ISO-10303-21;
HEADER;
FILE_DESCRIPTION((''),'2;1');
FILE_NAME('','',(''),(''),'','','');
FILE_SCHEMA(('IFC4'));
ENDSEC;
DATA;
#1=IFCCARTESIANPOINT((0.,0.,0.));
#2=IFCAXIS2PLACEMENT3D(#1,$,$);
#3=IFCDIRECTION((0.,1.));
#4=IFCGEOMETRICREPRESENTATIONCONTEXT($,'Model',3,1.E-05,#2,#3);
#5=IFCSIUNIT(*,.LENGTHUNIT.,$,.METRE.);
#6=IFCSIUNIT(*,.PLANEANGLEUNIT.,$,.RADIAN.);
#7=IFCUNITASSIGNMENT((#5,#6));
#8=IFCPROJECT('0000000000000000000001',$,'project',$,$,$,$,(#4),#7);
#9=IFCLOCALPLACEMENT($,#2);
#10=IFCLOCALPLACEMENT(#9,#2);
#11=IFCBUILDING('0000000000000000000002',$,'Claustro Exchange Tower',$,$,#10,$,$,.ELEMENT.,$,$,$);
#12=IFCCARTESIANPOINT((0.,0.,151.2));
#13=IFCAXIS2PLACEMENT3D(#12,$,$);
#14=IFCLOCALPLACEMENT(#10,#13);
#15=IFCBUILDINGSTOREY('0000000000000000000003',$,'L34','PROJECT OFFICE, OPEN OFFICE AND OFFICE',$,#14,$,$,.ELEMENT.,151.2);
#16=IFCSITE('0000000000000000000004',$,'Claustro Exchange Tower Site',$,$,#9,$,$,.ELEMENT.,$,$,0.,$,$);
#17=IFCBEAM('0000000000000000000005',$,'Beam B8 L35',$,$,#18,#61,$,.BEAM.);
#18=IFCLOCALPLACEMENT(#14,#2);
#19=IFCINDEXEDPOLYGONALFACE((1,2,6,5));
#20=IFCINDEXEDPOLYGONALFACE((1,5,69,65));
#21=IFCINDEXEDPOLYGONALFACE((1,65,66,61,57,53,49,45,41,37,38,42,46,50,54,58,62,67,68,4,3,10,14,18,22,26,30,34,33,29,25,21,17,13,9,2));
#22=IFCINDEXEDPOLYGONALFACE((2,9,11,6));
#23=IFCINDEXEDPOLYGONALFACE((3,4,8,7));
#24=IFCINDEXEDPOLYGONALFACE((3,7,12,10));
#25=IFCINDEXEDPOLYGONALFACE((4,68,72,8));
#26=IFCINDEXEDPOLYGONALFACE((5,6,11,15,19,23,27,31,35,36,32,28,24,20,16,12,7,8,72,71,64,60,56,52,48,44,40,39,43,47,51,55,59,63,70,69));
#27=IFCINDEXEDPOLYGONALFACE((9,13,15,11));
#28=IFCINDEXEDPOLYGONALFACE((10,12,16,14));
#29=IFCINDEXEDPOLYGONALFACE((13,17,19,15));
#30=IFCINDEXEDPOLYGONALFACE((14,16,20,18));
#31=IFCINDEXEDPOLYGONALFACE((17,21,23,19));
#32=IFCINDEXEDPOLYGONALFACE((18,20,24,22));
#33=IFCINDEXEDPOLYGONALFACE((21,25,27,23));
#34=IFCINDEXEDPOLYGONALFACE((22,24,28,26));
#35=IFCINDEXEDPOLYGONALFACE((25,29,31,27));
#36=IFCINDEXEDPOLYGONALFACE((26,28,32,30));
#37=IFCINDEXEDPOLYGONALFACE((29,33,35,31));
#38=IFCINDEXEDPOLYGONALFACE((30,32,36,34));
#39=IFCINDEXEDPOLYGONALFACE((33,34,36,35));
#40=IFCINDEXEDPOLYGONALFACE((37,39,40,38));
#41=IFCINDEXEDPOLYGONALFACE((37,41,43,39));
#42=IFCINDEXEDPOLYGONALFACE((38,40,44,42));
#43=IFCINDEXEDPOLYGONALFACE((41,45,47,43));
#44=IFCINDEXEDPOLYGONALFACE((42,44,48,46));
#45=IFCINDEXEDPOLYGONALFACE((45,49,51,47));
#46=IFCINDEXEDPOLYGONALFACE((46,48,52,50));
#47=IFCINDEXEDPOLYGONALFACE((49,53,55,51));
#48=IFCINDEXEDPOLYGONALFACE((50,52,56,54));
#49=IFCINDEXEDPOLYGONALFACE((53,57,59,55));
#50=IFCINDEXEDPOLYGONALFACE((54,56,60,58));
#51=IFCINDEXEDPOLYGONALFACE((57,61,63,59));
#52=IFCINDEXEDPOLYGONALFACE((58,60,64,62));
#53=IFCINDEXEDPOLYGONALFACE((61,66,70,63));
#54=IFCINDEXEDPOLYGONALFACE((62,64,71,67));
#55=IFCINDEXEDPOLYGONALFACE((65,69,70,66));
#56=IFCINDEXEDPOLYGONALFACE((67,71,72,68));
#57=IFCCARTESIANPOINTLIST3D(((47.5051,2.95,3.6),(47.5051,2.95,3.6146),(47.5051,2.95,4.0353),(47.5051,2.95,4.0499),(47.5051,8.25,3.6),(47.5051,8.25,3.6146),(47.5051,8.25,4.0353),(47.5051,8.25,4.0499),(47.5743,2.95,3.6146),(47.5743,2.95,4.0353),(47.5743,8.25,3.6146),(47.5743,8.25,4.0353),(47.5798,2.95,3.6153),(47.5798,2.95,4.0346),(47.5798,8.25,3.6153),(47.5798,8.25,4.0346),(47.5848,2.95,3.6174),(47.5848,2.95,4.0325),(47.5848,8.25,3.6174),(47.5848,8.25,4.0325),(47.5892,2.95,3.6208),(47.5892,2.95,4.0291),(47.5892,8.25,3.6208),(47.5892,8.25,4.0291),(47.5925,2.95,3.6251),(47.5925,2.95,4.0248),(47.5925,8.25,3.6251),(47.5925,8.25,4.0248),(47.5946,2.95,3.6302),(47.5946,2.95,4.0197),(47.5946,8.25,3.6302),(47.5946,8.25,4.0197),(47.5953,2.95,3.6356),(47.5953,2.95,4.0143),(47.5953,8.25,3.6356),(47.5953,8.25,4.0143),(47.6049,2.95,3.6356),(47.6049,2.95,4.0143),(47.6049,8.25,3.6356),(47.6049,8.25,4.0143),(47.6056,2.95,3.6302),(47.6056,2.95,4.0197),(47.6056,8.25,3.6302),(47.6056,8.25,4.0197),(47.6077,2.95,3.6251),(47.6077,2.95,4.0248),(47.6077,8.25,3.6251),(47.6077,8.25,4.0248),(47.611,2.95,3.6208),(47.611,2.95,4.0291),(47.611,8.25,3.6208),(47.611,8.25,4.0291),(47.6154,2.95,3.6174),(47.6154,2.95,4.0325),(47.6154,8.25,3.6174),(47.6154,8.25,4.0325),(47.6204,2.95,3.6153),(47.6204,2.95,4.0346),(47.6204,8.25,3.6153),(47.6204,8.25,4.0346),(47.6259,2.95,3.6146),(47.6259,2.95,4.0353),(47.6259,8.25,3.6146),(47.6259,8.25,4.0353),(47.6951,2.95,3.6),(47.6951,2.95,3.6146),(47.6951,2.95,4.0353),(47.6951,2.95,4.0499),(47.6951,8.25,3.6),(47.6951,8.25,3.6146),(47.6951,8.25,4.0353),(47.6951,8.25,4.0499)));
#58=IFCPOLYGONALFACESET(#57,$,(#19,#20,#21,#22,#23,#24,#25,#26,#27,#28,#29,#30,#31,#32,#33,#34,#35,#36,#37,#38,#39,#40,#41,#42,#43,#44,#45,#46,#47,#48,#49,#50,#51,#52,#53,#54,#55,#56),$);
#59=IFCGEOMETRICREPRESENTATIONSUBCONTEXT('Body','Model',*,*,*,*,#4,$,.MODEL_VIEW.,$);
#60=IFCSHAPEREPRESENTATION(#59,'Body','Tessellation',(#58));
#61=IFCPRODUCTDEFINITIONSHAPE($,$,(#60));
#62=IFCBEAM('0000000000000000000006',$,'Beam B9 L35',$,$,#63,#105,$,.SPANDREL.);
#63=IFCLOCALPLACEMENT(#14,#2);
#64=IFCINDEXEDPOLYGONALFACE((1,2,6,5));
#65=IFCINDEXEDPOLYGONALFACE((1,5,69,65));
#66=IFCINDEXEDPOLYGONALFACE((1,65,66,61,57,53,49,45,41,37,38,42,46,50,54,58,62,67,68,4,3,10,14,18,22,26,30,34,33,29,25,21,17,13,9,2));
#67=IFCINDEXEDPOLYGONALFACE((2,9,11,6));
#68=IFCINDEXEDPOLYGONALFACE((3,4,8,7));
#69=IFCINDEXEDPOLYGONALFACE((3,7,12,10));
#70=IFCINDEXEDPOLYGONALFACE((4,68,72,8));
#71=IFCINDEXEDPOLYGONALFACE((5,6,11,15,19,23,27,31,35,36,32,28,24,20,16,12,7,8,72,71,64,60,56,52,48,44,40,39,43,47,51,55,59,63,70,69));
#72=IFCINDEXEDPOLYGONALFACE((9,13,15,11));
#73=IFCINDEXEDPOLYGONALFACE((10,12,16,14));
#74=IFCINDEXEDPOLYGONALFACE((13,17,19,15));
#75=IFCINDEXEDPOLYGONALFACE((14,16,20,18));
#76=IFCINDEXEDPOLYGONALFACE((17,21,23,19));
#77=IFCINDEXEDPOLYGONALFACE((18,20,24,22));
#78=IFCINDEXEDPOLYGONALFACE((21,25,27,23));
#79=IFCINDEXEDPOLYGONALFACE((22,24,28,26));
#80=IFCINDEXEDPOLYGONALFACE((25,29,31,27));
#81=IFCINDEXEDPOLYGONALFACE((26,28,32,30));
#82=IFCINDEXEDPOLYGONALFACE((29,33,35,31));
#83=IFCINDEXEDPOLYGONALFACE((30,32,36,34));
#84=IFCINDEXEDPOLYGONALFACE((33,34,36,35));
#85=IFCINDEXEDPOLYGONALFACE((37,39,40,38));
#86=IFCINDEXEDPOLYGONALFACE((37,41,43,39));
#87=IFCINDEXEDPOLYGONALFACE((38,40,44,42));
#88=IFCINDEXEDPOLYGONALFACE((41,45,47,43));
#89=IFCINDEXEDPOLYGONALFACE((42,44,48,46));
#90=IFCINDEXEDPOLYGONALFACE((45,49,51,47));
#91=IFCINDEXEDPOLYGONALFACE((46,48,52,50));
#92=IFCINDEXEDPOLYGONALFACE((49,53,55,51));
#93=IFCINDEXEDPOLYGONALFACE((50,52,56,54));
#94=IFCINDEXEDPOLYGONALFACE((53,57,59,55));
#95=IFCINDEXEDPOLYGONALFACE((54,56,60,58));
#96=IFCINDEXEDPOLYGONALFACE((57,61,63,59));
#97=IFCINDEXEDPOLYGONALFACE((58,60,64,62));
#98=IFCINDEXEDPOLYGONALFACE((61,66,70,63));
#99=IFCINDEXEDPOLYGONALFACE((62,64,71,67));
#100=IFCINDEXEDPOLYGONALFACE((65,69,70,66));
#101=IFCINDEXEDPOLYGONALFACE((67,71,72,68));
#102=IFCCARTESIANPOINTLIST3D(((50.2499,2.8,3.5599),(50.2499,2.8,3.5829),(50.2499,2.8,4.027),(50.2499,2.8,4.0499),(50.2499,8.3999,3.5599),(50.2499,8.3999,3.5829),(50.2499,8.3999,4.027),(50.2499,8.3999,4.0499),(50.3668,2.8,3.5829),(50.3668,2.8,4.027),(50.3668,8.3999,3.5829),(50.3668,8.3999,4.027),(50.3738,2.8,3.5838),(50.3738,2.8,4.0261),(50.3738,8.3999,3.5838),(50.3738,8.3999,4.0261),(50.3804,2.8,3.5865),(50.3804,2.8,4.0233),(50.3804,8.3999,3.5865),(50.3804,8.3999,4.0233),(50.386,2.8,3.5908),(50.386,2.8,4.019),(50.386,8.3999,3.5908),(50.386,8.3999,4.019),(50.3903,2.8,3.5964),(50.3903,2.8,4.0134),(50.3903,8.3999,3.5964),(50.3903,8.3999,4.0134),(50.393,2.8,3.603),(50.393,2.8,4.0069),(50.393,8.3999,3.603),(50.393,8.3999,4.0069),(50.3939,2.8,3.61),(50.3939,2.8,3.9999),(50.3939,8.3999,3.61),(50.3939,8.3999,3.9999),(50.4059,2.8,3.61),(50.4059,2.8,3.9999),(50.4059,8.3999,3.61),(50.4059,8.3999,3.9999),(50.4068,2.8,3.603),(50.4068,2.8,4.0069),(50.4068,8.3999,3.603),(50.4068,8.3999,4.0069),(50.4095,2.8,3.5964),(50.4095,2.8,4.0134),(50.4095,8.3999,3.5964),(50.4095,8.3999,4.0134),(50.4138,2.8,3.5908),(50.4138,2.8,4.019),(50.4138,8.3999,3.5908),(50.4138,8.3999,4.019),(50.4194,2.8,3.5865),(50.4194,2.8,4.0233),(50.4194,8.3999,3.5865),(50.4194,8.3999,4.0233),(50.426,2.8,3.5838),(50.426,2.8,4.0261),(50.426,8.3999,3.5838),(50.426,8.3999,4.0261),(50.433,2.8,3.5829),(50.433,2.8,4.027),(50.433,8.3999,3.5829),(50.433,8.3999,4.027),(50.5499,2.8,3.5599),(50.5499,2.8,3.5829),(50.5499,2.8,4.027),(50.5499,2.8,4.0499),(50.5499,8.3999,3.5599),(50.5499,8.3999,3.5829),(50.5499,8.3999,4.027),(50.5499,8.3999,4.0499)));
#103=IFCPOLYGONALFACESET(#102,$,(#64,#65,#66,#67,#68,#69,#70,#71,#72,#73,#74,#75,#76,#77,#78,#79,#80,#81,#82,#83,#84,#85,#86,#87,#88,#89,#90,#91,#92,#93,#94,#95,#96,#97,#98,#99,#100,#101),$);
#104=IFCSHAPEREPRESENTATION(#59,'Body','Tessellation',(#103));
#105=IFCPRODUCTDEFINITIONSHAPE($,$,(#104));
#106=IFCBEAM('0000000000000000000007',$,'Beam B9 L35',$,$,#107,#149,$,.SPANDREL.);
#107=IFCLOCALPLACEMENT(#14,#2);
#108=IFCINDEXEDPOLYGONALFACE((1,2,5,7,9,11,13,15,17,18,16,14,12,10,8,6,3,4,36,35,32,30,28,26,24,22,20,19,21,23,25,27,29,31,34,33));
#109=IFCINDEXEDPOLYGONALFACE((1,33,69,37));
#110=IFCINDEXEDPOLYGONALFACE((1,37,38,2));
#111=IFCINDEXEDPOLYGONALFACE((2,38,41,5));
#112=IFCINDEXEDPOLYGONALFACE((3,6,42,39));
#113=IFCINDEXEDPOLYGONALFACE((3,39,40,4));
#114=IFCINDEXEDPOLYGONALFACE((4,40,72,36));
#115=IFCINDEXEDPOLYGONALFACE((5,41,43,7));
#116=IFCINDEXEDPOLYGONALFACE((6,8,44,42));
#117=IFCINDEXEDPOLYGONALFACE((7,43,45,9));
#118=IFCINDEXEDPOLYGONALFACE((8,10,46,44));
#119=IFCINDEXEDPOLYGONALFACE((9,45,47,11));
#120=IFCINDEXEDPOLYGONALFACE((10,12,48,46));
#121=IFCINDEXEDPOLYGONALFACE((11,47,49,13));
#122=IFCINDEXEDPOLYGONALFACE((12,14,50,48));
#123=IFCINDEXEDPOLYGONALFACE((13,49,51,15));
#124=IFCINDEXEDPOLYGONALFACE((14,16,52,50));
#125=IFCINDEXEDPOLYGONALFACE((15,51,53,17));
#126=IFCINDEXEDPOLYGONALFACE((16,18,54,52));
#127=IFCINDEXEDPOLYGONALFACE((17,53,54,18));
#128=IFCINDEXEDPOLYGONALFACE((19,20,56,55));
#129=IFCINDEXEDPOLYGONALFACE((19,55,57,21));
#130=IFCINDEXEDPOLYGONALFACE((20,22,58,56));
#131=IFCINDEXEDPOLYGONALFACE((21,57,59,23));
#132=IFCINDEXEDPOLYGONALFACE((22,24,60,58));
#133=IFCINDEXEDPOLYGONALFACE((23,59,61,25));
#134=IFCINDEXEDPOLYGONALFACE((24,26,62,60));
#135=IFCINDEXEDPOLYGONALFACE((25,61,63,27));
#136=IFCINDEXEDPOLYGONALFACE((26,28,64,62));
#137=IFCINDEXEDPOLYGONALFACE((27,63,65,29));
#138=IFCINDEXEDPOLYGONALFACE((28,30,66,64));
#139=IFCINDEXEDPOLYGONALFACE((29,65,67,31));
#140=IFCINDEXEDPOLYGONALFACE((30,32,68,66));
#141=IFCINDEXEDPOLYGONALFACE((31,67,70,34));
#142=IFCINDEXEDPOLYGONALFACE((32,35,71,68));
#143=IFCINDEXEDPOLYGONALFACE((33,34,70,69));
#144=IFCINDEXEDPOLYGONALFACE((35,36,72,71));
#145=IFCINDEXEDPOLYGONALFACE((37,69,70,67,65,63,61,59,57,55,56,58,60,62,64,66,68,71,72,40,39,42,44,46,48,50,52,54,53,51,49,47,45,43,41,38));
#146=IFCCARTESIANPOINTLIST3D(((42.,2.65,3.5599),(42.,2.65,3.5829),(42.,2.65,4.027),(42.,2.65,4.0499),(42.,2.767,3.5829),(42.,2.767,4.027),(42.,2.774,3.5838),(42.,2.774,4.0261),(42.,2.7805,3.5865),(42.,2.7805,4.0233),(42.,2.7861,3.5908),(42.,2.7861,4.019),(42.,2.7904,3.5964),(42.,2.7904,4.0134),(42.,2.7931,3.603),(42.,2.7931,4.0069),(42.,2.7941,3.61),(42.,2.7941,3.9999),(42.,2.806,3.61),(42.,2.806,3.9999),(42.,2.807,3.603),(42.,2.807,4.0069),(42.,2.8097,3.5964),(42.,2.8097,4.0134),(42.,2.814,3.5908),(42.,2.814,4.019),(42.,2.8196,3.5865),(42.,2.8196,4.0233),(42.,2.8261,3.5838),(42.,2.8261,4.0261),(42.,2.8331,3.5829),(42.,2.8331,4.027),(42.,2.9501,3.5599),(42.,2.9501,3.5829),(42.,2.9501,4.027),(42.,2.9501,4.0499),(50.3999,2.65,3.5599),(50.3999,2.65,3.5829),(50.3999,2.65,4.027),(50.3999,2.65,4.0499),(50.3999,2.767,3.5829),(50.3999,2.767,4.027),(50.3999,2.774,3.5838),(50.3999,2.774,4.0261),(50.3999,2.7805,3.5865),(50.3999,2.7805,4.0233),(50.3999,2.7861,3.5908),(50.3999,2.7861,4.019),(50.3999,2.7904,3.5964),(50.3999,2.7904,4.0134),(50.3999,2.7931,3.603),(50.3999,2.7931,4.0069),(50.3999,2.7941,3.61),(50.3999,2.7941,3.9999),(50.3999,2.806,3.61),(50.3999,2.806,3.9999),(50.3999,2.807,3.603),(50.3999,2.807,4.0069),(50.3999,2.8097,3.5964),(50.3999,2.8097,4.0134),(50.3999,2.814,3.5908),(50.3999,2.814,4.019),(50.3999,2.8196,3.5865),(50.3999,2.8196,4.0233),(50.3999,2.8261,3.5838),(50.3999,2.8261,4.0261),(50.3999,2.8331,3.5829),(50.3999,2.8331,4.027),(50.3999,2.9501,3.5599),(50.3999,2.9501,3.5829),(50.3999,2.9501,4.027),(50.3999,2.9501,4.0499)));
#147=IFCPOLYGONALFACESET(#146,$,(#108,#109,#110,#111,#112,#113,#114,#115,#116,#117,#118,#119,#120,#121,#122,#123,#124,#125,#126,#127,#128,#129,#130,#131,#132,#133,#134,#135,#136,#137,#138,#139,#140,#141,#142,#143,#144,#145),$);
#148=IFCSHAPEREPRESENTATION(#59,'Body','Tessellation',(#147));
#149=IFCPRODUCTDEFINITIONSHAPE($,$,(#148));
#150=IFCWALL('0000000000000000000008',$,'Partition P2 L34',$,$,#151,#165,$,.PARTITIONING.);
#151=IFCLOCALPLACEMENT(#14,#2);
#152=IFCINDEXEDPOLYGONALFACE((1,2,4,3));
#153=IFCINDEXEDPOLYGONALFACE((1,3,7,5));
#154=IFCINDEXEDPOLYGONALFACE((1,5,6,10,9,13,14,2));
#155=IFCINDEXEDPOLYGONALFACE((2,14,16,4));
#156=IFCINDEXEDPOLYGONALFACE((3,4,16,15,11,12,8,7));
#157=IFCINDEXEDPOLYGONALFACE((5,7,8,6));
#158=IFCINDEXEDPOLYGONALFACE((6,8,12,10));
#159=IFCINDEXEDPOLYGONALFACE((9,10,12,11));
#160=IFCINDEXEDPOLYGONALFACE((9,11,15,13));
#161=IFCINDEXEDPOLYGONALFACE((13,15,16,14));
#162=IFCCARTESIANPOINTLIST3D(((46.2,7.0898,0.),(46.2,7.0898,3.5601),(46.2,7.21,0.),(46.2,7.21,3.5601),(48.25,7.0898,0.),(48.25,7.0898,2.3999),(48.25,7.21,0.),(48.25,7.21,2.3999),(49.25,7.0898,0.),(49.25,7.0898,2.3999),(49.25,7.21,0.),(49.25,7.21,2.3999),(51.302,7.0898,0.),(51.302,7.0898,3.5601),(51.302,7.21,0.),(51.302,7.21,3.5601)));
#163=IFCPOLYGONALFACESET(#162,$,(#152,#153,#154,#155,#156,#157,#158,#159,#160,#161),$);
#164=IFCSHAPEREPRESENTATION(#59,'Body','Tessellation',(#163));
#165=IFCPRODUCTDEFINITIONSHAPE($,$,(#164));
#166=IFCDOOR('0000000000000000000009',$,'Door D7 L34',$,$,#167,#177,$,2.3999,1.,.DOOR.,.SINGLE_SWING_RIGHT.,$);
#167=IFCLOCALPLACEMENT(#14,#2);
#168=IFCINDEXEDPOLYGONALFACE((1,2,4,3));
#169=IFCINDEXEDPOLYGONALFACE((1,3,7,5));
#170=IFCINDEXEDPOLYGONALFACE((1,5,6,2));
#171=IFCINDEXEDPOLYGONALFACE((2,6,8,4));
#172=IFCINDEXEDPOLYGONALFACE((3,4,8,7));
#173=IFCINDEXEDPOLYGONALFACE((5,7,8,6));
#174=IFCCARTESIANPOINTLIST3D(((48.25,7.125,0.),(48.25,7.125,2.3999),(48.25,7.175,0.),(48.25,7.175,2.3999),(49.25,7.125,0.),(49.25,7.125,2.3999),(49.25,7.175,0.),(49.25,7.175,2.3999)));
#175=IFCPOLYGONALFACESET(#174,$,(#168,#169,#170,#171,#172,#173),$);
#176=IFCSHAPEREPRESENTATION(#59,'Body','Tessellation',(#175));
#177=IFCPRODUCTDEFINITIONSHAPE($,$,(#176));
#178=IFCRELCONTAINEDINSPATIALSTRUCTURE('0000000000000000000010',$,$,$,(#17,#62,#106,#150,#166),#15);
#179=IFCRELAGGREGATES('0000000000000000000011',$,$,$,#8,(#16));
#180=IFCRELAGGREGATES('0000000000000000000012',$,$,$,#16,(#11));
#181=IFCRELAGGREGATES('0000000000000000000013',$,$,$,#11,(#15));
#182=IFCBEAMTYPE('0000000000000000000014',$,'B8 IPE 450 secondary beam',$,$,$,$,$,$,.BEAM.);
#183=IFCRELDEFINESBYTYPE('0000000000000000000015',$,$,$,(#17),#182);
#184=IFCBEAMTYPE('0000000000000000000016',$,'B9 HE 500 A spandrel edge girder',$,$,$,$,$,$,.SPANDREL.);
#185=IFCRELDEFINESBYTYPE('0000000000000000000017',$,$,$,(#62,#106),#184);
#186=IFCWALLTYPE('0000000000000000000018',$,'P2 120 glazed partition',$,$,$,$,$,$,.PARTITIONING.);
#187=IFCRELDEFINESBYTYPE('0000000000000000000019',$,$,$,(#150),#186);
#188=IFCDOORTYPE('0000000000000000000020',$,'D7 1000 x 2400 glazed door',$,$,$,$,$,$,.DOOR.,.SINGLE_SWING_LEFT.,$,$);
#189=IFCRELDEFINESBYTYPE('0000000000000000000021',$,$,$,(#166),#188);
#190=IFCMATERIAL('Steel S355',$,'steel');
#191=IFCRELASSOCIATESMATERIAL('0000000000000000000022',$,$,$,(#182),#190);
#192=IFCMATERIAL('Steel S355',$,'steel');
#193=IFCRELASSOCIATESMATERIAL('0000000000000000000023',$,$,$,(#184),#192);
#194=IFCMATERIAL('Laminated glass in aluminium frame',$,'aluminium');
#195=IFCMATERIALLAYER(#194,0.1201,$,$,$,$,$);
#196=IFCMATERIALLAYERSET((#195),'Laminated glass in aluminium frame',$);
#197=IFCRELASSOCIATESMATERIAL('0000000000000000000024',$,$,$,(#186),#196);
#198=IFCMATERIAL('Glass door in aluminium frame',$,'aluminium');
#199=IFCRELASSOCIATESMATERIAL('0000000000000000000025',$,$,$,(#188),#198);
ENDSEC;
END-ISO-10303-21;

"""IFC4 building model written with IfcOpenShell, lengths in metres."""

from ifc_helpers import new_model, si_unit, direction, frame, frame_2d, origin, origin_2d, place, context, subcontext, project, spatial, rectangle, i_section, extrude, material, layer, layer_set, material_profile, profile_set, type_object, element, fill, save


model = new_model("IFC4")

# Units and contexts
model_context = context("Model", 3, precision=1e-05, world=origin(), true_north=direction((0.0, 1.0)))
body_context = subcontext(model_context, "Body", "Model", "MODEL_VIEW")
ifc_project = project(units=[si_unit("LENGTHUNIT", "METRE"), si_unit("PLANEANGLEUNIT", "RADIAN")], contexts=[model_context])

# Site, building, storey
site_placement = place(None, origin())
site = spatial("IfcSite", under=ifc_project, at=site_placement, Name="Claustro Exchange Tower Site", CompositionType="ELEMENT", RefElevation=0.0)
building_placement = place(site_placement, origin())
building = spatial("IfcBuilding", under=site, at=building_placement, Name="Claustro Exchange Tower", CompositionType="ELEMENT")
storey_placement = place(building_placement, frame((0.0, 0.0, 151.2)))
storey = spatial("IfcBuildingStorey", under=building, at=storey_placement, Name="L34", Description="PROJECT OFFICE, OPEN OFFICE AND OFFICE", CompositionType="ELEMENT", Elevation=151.2)

# Beams
ifc_material_1 = material(Name="Steel S355", Category="steel")
ifc_material_profile_1 = material_profile(ifc_material_1, i_section(OverallWidth=0.1899, OverallDepth=0.45, WebThickness=0.0095, FlangeThickness=0.0146, FilletRadius=0.021, at=origin_2d()), Name="IPE 450")
ifc_profile_set_1 = profile_set([ifc_material_profile_1], Name="Steel S355")
beam_type_1 = type_object("IfcBeamType", Name="B8 IPE 450 secondary beam", PredefinedType="BEAM", material=ifc_profile_set_1)
for number, where, z_axis, x_axis, name in (
    (1, (47.6001, 2.95, 3.825), (0.0, 1.0, 0.0), (-1.0, 0.0, 0.0), "Beam B8 L35"),
):
    element("IfcBeam", number, at=place(storey_placement, frame(where, z_axis=z_axis, x_axis=x_axis)), inside=storey, type_object=beam_type_1, Name=name, PredefinedType="BEAM", context=body_context, shape_type="SweptSolid", body=[
        extrude(i_section(OverallWidth=0.1899, OverallDepth=0.45, WebThickness=0.0095, FlangeThickness=0.0146, FilletRadius=0.021, at=origin_2d()), origin(), (0.0, 0.0, 1.0), 5.3),
    ])
ifc_material_2 = material(Name="Steel S355", Category="steel")
ifc_material_profile_2 = material_profile(ifc_material_2, i_section(OverallWidth=0.3, OverallDepth=0.49, WebThickness=0.012, FlangeThickness=0.0229, FilletRadius=0.0271, at=origin_2d()), Name="HE 500 A")
ifc_profile_set_2 = profile_set([ifc_material_profile_2], Name="Steel S355")
beam_type_2 = type_object("IfcBeamType", Name="B9 HE 500 A spandrel edge girder", PredefinedType="SPANDREL", material=ifc_profile_set_2)
beam_1_placement = place(storey_placement, frame((50.3999, 2.8, 3.8049), z_axis=(0.0, 1.0, 0.0), x_axis=(-1.0, 0.0, 0.0)))
element("IfcBeam", 2, at=beam_1_placement, inside=storey, type_object=beam_type_2, Name="Beam B9 L35", PredefinedType="SPANDREL", context=body_context, shape_type="SweptSolid", body=[
    extrude(i_section(OverallWidth=0.3, OverallDepth=0.49, WebThickness=0.012, FlangeThickness=0.0229, FilletRadius=0.0271, at=origin_2d()), origin(), (0.0, 0.0, 1.0), 5.5999),
])
beam_2_placement = place(storey_placement, frame((42.0, 2.8, 3.8049), z_axis=(1.0, 0.0, 0.0), x_axis=(0.0, 1.0, 0.0)))
element("IfcBeam", 3, at=beam_2_placement, inside=storey, type_object=beam_type_2, Name="Beam B9 L35", PredefinedType="SPANDREL", context=body_context, shape_type="SweptSolid", body=[
    extrude(i_section(OverallWidth=0.3, OverallDepth=0.49, WebThickness=0.012, FlangeThickness=0.0229, FilletRadius=0.0271, at=origin_2d()), origin(), (0.0, 0.0, 1.0), 8.3999),
])

# Wall, opening, door
ifc_material_3 = material(Name="Laminated glass in aluminium frame", Category="aluminium")
ifc_layer_1 = layer(ifc_material_3, 0.1201)
ifc_layer_set_1 = layer_set([ifc_layer_1], Name="Laminated glass in aluminium frame")
wall_type_1 = type_object("IfcWallType", Name="P2 120 glazed partition", PredefinedType="PARTITIONING", material=ifc_layer_set_1)
wall_1_placement = place(storey_placement, frame((46.2, 7.1499, 0.0), z_axis=(0.0, 0.0, 1.0), x_axis=(1.0, 0.0, 0.0)))
wall_1 = element("IfcWall", 4, at=wall_1_placement, inside=storey, type_object=wall_type_1, Name="Partition P2 L34", PredefinedType="PARTITIONING", context=body_context, shape_type="SweptSolid", body=[
    extrude(rectangle(XDim=5.1021, YDim=0.1201, at=frame_2d((2.551, 0.0))), origin(), (0.0, 0.0, 1.0), 3.5601),
])
opening_1_placement = place(wall_1_placement, frame((2.05, 0.0, 0.0)))
opening_1 = element("IfcOpeningElement", 5, at=opening_1_placement, cuts=wall_1, PredefinedType="OPENING", context=body_context, shape_type="SweptSolid", body=[
    extrude(rectangle(XDim=1.0, YDim=2.3999, at=frame_2d((0.5, 1.2))), frame((0.0, 0.0701, 0.0), z_axis=(0.0, -1.0, 0.0), x_axis=(1.0, 0.0, 0.0)), (0.0, 0.0, 1.0), 0.1401),
])
ifc_material_4 = material(Name="Glass door in aluminium frame", Category="aluminium")
door_type = type_object("IfcDoorType", Name="D7 1000 x 2400 glazed door", OperationType="SINGLE_SWING_LEFT", PredefinedType="DOOR", material=ifc_material_4)
door_1_placement = place(opening_1_placement, frame((1.0, 0.0, 0.0), z_axis=(0.0, 0.0, 1.0), x_axis=(-1.0, 0.0, 0.0)))
door_1 = element("IfcDoor", 6, at=door_1_placement, inside=storey, type_object=door_type, Name="Door D7 L34", OperationType="SINGLE_SWING_RIGHT", OverallHeight=2.3999, OverallWidth=1.0, PredefinedType="DOOR", context=body_context, shape_type="SweptSolid", body=[
    extrude(rectangle(XDim=1.0, YDim=2.3999, at=frame_2d((0.5, 1.2))), frame((0.0, 0.0249, 0.0), z_axis=(0.0, -1.0, 0.0), x_axis=(1.0, 0.0, 0.0)), (0.0, 0.0, 1.0), 0.05),
])
fill(opening_1, door_1)

save(model, "model.ifc")
